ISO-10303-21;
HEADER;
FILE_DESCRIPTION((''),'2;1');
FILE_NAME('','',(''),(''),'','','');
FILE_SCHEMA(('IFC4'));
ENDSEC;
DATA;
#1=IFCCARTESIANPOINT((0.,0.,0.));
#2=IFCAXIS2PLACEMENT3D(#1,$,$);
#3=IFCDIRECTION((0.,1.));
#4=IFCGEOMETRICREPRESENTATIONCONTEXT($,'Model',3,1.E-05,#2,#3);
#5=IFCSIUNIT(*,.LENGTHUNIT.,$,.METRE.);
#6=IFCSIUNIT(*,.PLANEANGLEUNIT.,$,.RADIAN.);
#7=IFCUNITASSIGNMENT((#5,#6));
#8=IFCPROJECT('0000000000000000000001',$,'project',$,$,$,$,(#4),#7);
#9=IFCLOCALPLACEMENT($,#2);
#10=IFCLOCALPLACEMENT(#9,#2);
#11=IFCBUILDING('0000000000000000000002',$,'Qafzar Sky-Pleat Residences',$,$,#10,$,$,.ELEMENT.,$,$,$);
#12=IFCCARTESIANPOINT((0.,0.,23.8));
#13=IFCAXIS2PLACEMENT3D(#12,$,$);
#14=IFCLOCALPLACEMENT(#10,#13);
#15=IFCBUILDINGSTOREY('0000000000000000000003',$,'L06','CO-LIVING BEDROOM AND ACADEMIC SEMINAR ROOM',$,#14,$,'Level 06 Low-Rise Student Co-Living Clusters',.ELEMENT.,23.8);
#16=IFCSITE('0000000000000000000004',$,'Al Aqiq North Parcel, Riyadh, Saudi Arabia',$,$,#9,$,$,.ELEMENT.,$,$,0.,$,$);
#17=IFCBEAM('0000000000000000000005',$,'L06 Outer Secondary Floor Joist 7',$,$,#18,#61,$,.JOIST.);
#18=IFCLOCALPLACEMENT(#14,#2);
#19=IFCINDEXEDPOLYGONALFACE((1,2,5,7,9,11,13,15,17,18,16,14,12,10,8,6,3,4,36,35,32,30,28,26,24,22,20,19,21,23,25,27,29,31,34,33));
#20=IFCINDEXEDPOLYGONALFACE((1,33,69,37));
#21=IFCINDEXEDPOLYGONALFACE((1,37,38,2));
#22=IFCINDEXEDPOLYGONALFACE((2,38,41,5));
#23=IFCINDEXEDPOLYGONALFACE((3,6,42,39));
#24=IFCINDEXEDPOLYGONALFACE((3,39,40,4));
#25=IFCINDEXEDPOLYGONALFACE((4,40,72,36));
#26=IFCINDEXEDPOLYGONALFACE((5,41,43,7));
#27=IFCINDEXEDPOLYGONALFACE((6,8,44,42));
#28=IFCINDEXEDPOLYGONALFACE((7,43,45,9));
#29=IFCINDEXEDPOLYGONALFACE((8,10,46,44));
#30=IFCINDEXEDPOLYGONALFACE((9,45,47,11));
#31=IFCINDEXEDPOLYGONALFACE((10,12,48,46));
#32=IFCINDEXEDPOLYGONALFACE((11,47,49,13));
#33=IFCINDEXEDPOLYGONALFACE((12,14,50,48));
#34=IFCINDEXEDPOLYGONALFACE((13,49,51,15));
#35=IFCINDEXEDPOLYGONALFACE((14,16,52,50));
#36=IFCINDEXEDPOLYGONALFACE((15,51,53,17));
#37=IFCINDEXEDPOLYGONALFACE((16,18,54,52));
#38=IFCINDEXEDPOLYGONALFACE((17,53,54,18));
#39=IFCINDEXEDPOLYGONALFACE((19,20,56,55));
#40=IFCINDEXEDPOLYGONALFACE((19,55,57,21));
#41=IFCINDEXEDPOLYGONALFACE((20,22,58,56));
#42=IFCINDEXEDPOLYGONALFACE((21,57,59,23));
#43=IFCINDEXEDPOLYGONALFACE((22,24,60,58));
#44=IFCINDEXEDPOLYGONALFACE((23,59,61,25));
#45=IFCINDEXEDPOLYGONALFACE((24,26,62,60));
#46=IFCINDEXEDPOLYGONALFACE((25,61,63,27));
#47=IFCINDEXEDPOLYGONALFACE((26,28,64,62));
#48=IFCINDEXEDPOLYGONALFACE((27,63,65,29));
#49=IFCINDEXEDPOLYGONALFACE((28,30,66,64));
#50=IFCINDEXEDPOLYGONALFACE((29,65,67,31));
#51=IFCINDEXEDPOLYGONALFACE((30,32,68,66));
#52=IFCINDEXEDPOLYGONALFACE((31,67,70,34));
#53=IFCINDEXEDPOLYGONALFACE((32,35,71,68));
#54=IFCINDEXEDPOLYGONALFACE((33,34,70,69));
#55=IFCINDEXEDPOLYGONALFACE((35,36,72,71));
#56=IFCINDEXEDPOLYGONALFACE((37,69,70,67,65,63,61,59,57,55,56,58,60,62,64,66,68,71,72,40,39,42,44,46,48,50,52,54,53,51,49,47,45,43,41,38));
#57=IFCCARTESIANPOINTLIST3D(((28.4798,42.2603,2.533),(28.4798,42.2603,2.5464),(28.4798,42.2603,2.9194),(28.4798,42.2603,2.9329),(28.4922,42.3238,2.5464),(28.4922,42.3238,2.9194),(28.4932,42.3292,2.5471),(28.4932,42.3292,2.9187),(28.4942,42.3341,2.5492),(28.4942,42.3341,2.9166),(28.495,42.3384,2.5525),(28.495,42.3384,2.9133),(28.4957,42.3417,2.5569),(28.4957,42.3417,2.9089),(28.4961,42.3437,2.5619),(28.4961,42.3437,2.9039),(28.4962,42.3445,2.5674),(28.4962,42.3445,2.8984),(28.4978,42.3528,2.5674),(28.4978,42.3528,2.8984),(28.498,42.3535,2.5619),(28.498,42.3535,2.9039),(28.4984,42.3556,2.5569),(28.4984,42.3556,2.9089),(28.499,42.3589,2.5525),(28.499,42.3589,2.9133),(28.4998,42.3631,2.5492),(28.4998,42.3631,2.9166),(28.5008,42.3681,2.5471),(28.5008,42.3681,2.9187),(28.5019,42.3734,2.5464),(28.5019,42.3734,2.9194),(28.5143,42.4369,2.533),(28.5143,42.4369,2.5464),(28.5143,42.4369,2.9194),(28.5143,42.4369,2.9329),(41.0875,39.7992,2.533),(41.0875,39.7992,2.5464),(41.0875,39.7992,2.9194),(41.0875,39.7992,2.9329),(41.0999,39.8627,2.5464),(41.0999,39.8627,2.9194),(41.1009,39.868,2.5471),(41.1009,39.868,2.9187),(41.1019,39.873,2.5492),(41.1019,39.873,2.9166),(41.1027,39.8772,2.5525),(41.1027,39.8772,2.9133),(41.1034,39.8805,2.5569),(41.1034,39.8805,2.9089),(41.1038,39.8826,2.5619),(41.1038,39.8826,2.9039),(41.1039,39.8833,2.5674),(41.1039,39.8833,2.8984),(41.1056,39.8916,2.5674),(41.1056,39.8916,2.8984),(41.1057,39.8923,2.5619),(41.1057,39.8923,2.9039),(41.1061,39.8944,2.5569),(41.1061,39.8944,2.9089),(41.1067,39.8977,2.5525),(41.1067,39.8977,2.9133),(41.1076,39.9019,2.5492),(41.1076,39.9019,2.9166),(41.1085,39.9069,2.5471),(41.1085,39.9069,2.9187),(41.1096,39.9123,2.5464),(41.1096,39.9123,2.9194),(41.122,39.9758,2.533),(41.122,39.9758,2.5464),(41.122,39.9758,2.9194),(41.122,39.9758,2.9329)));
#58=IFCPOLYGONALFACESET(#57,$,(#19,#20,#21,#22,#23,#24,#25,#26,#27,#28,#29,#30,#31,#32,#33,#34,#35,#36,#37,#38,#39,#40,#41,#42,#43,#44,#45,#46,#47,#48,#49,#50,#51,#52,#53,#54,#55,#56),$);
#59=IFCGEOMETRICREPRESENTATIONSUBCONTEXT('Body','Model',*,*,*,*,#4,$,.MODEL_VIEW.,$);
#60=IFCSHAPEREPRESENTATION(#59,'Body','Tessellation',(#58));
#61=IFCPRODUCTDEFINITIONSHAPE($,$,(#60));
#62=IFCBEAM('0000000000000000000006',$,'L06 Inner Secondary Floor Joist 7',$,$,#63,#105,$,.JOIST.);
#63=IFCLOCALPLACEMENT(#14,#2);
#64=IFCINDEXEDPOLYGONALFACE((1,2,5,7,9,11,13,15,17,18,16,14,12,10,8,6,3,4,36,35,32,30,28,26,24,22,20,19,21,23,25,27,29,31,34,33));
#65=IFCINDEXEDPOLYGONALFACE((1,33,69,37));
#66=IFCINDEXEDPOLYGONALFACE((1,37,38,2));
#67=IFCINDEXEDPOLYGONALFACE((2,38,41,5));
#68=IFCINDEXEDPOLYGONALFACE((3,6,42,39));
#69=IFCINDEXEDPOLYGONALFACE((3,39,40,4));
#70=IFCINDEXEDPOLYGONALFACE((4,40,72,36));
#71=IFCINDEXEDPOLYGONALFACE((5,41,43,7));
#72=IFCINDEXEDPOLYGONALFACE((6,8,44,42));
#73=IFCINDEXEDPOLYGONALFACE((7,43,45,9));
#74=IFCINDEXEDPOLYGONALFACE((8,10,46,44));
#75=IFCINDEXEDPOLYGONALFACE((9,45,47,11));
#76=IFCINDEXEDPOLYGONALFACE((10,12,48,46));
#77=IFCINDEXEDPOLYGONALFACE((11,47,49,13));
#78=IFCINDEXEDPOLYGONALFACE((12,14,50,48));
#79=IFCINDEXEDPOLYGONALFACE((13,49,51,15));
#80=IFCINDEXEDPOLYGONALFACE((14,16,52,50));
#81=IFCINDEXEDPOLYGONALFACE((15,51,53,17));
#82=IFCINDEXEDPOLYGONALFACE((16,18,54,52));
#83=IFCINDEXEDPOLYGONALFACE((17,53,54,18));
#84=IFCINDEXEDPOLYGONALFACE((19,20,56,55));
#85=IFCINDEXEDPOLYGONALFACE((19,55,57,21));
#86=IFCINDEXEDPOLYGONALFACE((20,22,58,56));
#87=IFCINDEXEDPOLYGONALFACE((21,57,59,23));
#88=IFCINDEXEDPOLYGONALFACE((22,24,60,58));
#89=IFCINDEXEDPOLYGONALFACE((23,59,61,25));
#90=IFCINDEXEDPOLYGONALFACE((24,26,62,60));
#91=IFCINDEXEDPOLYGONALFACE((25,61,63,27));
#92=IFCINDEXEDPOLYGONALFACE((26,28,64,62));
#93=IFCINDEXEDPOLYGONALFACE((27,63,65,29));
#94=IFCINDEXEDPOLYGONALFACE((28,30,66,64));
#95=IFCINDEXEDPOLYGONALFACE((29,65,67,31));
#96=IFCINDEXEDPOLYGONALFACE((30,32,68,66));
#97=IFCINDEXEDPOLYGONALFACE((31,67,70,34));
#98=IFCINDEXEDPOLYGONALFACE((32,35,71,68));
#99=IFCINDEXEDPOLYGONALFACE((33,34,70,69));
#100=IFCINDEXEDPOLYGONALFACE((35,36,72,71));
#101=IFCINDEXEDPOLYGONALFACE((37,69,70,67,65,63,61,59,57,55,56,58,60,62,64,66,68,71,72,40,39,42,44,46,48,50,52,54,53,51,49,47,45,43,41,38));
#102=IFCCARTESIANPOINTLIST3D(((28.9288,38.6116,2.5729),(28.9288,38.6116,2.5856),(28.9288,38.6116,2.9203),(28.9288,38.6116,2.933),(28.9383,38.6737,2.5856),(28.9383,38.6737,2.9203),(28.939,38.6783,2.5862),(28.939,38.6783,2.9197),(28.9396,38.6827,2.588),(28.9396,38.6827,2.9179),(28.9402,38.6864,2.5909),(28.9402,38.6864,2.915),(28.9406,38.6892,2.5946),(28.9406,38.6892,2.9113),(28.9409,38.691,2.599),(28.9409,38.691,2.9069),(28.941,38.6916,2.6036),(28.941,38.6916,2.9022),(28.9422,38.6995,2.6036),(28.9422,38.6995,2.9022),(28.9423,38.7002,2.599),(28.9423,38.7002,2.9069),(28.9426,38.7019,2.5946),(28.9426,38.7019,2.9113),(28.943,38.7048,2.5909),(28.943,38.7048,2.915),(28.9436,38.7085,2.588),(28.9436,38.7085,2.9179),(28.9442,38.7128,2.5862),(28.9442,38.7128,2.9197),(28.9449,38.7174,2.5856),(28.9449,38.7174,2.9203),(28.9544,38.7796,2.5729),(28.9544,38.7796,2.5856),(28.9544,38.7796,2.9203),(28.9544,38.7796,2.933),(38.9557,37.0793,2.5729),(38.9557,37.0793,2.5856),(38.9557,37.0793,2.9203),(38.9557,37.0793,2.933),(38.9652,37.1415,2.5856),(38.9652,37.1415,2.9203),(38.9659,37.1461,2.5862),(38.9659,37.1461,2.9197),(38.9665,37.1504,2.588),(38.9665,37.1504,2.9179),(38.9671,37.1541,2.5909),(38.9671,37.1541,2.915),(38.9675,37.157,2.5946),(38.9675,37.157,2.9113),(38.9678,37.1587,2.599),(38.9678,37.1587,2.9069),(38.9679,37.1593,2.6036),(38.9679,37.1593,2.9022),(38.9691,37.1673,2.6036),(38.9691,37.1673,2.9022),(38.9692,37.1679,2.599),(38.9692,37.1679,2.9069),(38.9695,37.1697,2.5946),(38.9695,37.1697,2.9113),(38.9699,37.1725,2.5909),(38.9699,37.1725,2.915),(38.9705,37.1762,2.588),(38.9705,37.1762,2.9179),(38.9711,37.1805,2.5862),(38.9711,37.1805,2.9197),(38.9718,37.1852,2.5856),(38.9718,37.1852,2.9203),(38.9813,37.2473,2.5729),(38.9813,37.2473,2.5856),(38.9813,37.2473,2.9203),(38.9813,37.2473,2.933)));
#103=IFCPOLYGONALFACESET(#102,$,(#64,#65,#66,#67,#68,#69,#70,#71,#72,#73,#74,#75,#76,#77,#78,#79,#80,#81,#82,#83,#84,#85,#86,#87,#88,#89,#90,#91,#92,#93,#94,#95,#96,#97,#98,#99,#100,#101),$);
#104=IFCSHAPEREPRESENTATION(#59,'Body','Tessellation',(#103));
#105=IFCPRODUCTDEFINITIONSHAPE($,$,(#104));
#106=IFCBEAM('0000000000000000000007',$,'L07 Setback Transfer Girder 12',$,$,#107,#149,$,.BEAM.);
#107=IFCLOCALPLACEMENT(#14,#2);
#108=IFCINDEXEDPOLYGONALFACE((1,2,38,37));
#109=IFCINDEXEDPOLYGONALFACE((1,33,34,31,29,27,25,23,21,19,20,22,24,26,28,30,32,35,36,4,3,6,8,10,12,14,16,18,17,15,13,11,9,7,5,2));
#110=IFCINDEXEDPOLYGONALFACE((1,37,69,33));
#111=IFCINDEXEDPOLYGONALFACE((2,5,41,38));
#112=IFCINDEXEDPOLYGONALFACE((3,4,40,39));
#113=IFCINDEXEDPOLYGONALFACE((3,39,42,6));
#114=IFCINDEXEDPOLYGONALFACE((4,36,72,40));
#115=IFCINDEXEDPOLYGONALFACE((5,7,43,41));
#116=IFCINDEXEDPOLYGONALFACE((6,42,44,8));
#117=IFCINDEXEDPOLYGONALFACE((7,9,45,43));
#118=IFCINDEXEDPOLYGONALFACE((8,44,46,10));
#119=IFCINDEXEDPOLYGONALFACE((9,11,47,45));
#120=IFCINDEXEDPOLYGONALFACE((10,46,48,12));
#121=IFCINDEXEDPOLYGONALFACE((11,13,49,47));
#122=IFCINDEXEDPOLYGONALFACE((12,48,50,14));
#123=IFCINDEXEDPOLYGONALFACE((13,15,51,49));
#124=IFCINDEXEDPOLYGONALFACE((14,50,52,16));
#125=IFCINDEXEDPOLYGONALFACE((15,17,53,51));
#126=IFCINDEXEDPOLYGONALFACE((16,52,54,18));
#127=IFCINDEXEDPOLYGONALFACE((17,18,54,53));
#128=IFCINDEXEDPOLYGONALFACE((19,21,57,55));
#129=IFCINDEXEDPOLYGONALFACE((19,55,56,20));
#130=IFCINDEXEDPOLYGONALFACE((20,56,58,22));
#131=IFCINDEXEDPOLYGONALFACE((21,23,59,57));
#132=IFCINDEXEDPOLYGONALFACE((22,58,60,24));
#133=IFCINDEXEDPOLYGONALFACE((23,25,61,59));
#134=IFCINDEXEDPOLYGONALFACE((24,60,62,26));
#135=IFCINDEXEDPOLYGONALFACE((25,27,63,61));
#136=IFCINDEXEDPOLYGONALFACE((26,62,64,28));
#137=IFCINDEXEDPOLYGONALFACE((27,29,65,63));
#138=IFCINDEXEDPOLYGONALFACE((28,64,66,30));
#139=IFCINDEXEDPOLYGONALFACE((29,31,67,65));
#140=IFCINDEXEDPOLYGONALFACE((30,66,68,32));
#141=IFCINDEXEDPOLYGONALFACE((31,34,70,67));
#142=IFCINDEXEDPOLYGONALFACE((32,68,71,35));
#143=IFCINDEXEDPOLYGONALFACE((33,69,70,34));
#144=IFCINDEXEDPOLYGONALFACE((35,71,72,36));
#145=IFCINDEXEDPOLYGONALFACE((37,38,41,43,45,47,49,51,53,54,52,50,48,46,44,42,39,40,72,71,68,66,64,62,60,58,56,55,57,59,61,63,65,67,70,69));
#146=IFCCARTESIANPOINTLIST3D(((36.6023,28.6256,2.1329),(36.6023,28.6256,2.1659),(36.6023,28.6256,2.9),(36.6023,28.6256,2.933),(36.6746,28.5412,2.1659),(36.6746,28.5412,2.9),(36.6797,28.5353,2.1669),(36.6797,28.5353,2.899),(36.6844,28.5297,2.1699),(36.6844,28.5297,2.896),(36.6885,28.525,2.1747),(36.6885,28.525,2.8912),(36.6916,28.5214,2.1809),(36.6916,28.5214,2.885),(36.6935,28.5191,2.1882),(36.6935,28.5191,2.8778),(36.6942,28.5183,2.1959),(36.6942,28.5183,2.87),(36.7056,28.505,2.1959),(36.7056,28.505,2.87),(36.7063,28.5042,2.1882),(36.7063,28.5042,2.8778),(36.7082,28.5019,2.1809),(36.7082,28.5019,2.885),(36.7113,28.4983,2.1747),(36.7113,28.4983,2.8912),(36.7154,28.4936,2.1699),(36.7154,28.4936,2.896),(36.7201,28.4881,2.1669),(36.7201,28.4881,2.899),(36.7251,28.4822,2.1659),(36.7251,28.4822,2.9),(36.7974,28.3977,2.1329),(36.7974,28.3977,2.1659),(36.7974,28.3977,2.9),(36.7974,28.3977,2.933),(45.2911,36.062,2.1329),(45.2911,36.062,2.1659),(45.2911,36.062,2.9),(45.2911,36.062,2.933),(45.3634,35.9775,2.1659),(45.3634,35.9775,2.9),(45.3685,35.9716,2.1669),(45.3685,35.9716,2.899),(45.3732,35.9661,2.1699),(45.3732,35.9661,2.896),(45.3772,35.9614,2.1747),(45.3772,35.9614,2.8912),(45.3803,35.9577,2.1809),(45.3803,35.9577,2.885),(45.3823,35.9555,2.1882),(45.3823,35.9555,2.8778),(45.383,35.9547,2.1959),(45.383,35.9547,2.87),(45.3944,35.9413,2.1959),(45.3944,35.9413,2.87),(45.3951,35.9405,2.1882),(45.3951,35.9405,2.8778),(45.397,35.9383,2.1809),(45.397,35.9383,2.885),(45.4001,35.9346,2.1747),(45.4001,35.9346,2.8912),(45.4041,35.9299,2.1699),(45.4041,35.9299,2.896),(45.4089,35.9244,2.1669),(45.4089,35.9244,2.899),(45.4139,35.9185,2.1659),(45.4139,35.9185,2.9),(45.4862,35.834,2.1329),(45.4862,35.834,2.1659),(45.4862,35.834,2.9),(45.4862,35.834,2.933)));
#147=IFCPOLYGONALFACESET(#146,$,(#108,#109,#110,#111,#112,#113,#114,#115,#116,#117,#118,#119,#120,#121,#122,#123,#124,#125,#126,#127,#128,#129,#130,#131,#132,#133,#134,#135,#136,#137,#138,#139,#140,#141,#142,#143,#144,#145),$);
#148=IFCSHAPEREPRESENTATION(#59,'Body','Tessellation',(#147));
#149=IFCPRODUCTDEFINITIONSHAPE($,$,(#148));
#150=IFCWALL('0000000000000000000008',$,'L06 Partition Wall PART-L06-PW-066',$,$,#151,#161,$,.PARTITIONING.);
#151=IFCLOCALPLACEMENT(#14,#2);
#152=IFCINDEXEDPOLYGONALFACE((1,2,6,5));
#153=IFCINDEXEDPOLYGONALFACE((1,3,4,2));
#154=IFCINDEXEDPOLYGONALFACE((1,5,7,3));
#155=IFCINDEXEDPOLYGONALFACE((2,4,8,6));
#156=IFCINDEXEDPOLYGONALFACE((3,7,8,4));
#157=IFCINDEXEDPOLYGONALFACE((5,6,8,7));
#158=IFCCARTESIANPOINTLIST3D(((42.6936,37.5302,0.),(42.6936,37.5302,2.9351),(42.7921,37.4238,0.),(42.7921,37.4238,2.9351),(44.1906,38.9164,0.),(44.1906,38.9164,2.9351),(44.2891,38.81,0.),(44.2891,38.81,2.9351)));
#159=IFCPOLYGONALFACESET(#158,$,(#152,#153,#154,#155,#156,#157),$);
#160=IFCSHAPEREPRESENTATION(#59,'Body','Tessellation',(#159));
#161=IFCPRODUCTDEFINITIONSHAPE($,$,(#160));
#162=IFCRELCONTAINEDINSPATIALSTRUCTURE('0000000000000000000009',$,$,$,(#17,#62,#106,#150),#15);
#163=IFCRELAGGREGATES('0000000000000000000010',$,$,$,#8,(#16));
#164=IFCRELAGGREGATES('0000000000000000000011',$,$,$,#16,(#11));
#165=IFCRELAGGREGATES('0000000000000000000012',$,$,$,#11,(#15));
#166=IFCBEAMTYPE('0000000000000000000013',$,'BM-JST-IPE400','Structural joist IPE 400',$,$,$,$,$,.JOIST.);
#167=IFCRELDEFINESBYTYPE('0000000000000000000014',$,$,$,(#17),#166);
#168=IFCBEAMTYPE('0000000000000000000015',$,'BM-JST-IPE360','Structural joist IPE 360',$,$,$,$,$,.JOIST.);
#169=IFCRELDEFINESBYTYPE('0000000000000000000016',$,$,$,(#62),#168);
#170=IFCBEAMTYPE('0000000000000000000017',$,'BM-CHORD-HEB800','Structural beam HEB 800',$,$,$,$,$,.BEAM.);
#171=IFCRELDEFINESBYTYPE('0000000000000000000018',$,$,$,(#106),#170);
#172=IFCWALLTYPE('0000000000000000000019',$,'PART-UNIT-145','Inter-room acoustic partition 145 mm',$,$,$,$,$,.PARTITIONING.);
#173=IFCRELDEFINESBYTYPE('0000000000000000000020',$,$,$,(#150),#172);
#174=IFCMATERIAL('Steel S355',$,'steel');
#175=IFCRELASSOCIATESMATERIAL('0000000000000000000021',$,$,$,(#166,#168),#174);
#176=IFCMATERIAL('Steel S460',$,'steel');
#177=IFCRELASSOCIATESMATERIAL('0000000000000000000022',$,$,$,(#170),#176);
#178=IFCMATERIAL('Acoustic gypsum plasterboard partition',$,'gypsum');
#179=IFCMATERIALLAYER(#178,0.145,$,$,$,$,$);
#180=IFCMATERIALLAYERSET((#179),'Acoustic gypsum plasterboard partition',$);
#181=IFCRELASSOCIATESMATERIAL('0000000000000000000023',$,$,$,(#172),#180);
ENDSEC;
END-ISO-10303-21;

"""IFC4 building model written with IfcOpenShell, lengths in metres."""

from ifc_helpers import new_model, si_unit, direction, frame, frame_2d, origin, origin_2d, place, context, subcontext, project, spatial, rectangle, i_section, extrude, source, transform, mapped, material, layer, layer_set, material_profile, profile_set, type_object, element, save


model = new_model("IFC4")

# Units and contexts
model_context = context("Model", 3, precision=1e-05, world=origin(), true_north=direction((0.0, 1.0)))
body_context = subcontext(model_context, "Body", "Model", "MODEL_VIEW")
ifc_project = project(units=[si_unit("LENGTHUNIT", "METRE"), si_unit("PLANEANGLEUNIT", "RADIAN")], contexts=[model_context])

# Site, building, storey
site_placement = place(None, origin())
site = spatial("IfcSite", under=ifc_project, at=site_placement, Name="Al Aqiq North Parcel, Riyadh, Saudi Arabia", CompositionType="ELEMENT", RefElevation=0.0)
building_placement = place(site_placement, origin())
building = spatial("IfcBuilding", under=site, at=building_placement, Name="Qafzar Sky-Pleat Residences", CompositionType="ELEMENT")
storey_placement = place(building_placement, frame((0.0, 0.0, 23.8)))
storey = spatial("IfcBuildingStorey", under=building, at=storey_placement, Name="L06", Description="CO-LIVING BEDROOM AND ACADEMIC SEMINAR ROOM", LongName="Level 06 Low-Rise Student Co-Living Clusters", CompositionType="ELEMENT", Elevation=23.8)

# Beams
ifc_material_1 = material(Name="Steel S355", Category="steel")
ifc_material_profile_1 = material_profile(ifc_material_1, i_section(OverallWidth=0.1799, OverallDepth=0.3999, WebThickness=0.0085, FlangeThickness=0.0134, FilletRadius=0.021, at=origin_2d()), Name="IPE 400")
ifc_profile_set_1 = profile_set([ifc_material_profile_1], Name="Steel S355")
beam_type_1 = type_object("IfcBeamType", Name="BM-JST-IPE400", Description="Structural joist IPE 400", PredefinedType="JOIST", material=ifc_profile_set_1)
shared_shape_1 = source(origin(), body_context, "Body", "SweptSolid", [
    extrude(i_section(OverallWidth=0.1799, OverallDepth=0.3999, WebThickness=0.0085, FlangeThickness=0.0134, FilletRadius=0.021, at=origin_2d()), origin(), (0.0, 0.0, 1.0), 12.8457),
])
beam_1_placement = place(storey_placement, frame((41.1047, 39.8875, 2.7329), z_axis=(-0.981474, 0.191597, 0.0), x_axis=(-0.191597, -0.981474, 0.0)))
element("IfcBeam", 1, at=beam_1_placement, inside=storey, type_object=beam_type_1, Name="L06 Outer Secondary Floor Joist 7", PredefinedType="JOIST", context=body_context, shape_type="MappedRepresentation", body=[
    mapped(shared_shape_1, transform((0.0, 0.0, 0.0), x_axis=(1.0, 0.0, 0.0), y_axis=(0.0, 1.0, 0.0), z_axis=(0.0, 0.0, 1.0), scale=1.0)),
])
ifc_material_profile_2 = material_profile(ifc_material_1, i_section(OverallWidth=0.1699, OverallDepth=0.3601, WebThickness=0.0081, FlangeThickness=0.0127, FilletRadius=0.0181, at=origin_2d()), Name="IPE 360")
ifc_profile_set_2 = profile_set([ifc_material_profile_2], Name="Steel S355")
beam_type_2 = type_object("IfcBeamType", Name="BM-JST-IPE360", Description="Structural joist IPE 360", PredefinedType="JOIST", material=ifc_profile_set_2)
shared_shape_2 = source(origin(), body_context, "Body", "SweptSolid", [
    extrude(i_section(OverallWidth=0.1699, OverallDepth=0.3601, WebThickness=0.0081, FlangeThickness=0.0127, FilletRadius=0.0181, at=origin_2d()), origin(), (0.0, 0.0, 1.0), 10.1433),
])
beam_2_placement = place(storey_placement, frame((38.9685, 37.1633, 2.7529), z_axis=(-0.988525, 0.151059, 0.0), x_axis=(-0.151059, -0.988525, 0.0)))
element("IfcBeam", 2, at=beam_2_placement, inside=storey, type_object=beam_type_2, Name="L06 Inner Secondary Floor Joist 7", PredefinedType="JOIST", context=body_context, shape_type="MappedRepresentation", body=[
    mapped(shared_shape_2, transform((0.0, 0.0, 0.0), x_axis=(1.0, 0.0, 0.0), y_axis=(0.0, 1.0, 0.0), z_axis=(0.0, 0.0, 1.0), scale=1.0)),
])
ifc_material_2 = material(Name="Steel S460", Category="steel")
ifc_material_profile_3 = material_profile(ifc_material_2, i_section(OverallWidth=0.3, OverallDepth=0.8, WebThickness=0.0176, FlangeThickness=0.033, FilletRadius=0.03, at=origin_2d()), Name="HEB 800")
ifc_profile_set_3 = profile_set([ifc_material_profile_3], Name="Steel S460")
beam_type_3 = type_object("IfcBeamType", Name="BM-CHORD-HEB800", Description="Structural beam HEB 800", PredefinedType="BEAM", material=ifc_profile_set_3)
shared_shape_3 = source(origin(), body_context, "Body", "SweptSolid", [
    extrude(i_section(OverallWidth=0.3, OverallDepth=0.8, WebThickness=0.0176, FlangeThickness=0.033, FilletRadius=0.03, at=origin_2d()), origin(), (0.0, 0.0, 1.0), 11.4365),
])
beam_3_placement = place(storey_placement, frame((45.3887, 35.948, 2.533), z_axis=(-0.75974, -0.650227, 0.0), x_axis=(0.650227, -0.75974, 0.0)))
element("IfcBeam", 3, at=beam_3_placement, inside=storey, type_object=beam_type_3, Name="L07 Setback Transfer Girder 12", PredefinedType="BEAM", context=body_context, shape_type="MappedRepresentation", body=[
    mapped(shared_shape_3, transform((0.0, 0.0, 0.0), x_axis=(1.0, 0.0, 0.0), y_axis=(0.0, 1.0, 0.0), z_axis=(0.0, 0.0, 1.0), scale=1.0)),
])

# Wall
ifc_material_3 = material(Name="Acoustic gypsum plasterboard partition", Category="gypsum")
ifc_layer_1 = layer(ifc_material_3, 0.145)
ifc_layer_set_1 = layer_set([ifc_layer_1], Name="Acoustic gypsum plasterboard partition")
wall_type_1 = type_object("IfcWallType", Name="PART-UNIT-145", Description="Inter-room acoustic partition 145 mm", PredefinedType="PARTITIONING", material=ifc_layer_set_1)
wall_1_placement = place(storey_placement, frame((42.7429, 37.4771, 0.0), z_axis=(0.0, 0.0, 1.0), x_axis=(0.733747, 0.679422, 0.0)))
element("IfcWall", 4, at=wall_1_placement, inside=storey, type_object=wall_type_1, Name="L06 Partition Wall PART-L06-PW-066", PredefinedType="PARTITIONING", context=body_context, shape_type="SweptSolid", body=[
    extrude(rectangle(XDim=2.0403, YDim=0.145, at=frame_2d((1.02, 0.0))), origin(), (0.0, 0.0, 1.0), 2.9351),
])

save(model, "model.ifc")
